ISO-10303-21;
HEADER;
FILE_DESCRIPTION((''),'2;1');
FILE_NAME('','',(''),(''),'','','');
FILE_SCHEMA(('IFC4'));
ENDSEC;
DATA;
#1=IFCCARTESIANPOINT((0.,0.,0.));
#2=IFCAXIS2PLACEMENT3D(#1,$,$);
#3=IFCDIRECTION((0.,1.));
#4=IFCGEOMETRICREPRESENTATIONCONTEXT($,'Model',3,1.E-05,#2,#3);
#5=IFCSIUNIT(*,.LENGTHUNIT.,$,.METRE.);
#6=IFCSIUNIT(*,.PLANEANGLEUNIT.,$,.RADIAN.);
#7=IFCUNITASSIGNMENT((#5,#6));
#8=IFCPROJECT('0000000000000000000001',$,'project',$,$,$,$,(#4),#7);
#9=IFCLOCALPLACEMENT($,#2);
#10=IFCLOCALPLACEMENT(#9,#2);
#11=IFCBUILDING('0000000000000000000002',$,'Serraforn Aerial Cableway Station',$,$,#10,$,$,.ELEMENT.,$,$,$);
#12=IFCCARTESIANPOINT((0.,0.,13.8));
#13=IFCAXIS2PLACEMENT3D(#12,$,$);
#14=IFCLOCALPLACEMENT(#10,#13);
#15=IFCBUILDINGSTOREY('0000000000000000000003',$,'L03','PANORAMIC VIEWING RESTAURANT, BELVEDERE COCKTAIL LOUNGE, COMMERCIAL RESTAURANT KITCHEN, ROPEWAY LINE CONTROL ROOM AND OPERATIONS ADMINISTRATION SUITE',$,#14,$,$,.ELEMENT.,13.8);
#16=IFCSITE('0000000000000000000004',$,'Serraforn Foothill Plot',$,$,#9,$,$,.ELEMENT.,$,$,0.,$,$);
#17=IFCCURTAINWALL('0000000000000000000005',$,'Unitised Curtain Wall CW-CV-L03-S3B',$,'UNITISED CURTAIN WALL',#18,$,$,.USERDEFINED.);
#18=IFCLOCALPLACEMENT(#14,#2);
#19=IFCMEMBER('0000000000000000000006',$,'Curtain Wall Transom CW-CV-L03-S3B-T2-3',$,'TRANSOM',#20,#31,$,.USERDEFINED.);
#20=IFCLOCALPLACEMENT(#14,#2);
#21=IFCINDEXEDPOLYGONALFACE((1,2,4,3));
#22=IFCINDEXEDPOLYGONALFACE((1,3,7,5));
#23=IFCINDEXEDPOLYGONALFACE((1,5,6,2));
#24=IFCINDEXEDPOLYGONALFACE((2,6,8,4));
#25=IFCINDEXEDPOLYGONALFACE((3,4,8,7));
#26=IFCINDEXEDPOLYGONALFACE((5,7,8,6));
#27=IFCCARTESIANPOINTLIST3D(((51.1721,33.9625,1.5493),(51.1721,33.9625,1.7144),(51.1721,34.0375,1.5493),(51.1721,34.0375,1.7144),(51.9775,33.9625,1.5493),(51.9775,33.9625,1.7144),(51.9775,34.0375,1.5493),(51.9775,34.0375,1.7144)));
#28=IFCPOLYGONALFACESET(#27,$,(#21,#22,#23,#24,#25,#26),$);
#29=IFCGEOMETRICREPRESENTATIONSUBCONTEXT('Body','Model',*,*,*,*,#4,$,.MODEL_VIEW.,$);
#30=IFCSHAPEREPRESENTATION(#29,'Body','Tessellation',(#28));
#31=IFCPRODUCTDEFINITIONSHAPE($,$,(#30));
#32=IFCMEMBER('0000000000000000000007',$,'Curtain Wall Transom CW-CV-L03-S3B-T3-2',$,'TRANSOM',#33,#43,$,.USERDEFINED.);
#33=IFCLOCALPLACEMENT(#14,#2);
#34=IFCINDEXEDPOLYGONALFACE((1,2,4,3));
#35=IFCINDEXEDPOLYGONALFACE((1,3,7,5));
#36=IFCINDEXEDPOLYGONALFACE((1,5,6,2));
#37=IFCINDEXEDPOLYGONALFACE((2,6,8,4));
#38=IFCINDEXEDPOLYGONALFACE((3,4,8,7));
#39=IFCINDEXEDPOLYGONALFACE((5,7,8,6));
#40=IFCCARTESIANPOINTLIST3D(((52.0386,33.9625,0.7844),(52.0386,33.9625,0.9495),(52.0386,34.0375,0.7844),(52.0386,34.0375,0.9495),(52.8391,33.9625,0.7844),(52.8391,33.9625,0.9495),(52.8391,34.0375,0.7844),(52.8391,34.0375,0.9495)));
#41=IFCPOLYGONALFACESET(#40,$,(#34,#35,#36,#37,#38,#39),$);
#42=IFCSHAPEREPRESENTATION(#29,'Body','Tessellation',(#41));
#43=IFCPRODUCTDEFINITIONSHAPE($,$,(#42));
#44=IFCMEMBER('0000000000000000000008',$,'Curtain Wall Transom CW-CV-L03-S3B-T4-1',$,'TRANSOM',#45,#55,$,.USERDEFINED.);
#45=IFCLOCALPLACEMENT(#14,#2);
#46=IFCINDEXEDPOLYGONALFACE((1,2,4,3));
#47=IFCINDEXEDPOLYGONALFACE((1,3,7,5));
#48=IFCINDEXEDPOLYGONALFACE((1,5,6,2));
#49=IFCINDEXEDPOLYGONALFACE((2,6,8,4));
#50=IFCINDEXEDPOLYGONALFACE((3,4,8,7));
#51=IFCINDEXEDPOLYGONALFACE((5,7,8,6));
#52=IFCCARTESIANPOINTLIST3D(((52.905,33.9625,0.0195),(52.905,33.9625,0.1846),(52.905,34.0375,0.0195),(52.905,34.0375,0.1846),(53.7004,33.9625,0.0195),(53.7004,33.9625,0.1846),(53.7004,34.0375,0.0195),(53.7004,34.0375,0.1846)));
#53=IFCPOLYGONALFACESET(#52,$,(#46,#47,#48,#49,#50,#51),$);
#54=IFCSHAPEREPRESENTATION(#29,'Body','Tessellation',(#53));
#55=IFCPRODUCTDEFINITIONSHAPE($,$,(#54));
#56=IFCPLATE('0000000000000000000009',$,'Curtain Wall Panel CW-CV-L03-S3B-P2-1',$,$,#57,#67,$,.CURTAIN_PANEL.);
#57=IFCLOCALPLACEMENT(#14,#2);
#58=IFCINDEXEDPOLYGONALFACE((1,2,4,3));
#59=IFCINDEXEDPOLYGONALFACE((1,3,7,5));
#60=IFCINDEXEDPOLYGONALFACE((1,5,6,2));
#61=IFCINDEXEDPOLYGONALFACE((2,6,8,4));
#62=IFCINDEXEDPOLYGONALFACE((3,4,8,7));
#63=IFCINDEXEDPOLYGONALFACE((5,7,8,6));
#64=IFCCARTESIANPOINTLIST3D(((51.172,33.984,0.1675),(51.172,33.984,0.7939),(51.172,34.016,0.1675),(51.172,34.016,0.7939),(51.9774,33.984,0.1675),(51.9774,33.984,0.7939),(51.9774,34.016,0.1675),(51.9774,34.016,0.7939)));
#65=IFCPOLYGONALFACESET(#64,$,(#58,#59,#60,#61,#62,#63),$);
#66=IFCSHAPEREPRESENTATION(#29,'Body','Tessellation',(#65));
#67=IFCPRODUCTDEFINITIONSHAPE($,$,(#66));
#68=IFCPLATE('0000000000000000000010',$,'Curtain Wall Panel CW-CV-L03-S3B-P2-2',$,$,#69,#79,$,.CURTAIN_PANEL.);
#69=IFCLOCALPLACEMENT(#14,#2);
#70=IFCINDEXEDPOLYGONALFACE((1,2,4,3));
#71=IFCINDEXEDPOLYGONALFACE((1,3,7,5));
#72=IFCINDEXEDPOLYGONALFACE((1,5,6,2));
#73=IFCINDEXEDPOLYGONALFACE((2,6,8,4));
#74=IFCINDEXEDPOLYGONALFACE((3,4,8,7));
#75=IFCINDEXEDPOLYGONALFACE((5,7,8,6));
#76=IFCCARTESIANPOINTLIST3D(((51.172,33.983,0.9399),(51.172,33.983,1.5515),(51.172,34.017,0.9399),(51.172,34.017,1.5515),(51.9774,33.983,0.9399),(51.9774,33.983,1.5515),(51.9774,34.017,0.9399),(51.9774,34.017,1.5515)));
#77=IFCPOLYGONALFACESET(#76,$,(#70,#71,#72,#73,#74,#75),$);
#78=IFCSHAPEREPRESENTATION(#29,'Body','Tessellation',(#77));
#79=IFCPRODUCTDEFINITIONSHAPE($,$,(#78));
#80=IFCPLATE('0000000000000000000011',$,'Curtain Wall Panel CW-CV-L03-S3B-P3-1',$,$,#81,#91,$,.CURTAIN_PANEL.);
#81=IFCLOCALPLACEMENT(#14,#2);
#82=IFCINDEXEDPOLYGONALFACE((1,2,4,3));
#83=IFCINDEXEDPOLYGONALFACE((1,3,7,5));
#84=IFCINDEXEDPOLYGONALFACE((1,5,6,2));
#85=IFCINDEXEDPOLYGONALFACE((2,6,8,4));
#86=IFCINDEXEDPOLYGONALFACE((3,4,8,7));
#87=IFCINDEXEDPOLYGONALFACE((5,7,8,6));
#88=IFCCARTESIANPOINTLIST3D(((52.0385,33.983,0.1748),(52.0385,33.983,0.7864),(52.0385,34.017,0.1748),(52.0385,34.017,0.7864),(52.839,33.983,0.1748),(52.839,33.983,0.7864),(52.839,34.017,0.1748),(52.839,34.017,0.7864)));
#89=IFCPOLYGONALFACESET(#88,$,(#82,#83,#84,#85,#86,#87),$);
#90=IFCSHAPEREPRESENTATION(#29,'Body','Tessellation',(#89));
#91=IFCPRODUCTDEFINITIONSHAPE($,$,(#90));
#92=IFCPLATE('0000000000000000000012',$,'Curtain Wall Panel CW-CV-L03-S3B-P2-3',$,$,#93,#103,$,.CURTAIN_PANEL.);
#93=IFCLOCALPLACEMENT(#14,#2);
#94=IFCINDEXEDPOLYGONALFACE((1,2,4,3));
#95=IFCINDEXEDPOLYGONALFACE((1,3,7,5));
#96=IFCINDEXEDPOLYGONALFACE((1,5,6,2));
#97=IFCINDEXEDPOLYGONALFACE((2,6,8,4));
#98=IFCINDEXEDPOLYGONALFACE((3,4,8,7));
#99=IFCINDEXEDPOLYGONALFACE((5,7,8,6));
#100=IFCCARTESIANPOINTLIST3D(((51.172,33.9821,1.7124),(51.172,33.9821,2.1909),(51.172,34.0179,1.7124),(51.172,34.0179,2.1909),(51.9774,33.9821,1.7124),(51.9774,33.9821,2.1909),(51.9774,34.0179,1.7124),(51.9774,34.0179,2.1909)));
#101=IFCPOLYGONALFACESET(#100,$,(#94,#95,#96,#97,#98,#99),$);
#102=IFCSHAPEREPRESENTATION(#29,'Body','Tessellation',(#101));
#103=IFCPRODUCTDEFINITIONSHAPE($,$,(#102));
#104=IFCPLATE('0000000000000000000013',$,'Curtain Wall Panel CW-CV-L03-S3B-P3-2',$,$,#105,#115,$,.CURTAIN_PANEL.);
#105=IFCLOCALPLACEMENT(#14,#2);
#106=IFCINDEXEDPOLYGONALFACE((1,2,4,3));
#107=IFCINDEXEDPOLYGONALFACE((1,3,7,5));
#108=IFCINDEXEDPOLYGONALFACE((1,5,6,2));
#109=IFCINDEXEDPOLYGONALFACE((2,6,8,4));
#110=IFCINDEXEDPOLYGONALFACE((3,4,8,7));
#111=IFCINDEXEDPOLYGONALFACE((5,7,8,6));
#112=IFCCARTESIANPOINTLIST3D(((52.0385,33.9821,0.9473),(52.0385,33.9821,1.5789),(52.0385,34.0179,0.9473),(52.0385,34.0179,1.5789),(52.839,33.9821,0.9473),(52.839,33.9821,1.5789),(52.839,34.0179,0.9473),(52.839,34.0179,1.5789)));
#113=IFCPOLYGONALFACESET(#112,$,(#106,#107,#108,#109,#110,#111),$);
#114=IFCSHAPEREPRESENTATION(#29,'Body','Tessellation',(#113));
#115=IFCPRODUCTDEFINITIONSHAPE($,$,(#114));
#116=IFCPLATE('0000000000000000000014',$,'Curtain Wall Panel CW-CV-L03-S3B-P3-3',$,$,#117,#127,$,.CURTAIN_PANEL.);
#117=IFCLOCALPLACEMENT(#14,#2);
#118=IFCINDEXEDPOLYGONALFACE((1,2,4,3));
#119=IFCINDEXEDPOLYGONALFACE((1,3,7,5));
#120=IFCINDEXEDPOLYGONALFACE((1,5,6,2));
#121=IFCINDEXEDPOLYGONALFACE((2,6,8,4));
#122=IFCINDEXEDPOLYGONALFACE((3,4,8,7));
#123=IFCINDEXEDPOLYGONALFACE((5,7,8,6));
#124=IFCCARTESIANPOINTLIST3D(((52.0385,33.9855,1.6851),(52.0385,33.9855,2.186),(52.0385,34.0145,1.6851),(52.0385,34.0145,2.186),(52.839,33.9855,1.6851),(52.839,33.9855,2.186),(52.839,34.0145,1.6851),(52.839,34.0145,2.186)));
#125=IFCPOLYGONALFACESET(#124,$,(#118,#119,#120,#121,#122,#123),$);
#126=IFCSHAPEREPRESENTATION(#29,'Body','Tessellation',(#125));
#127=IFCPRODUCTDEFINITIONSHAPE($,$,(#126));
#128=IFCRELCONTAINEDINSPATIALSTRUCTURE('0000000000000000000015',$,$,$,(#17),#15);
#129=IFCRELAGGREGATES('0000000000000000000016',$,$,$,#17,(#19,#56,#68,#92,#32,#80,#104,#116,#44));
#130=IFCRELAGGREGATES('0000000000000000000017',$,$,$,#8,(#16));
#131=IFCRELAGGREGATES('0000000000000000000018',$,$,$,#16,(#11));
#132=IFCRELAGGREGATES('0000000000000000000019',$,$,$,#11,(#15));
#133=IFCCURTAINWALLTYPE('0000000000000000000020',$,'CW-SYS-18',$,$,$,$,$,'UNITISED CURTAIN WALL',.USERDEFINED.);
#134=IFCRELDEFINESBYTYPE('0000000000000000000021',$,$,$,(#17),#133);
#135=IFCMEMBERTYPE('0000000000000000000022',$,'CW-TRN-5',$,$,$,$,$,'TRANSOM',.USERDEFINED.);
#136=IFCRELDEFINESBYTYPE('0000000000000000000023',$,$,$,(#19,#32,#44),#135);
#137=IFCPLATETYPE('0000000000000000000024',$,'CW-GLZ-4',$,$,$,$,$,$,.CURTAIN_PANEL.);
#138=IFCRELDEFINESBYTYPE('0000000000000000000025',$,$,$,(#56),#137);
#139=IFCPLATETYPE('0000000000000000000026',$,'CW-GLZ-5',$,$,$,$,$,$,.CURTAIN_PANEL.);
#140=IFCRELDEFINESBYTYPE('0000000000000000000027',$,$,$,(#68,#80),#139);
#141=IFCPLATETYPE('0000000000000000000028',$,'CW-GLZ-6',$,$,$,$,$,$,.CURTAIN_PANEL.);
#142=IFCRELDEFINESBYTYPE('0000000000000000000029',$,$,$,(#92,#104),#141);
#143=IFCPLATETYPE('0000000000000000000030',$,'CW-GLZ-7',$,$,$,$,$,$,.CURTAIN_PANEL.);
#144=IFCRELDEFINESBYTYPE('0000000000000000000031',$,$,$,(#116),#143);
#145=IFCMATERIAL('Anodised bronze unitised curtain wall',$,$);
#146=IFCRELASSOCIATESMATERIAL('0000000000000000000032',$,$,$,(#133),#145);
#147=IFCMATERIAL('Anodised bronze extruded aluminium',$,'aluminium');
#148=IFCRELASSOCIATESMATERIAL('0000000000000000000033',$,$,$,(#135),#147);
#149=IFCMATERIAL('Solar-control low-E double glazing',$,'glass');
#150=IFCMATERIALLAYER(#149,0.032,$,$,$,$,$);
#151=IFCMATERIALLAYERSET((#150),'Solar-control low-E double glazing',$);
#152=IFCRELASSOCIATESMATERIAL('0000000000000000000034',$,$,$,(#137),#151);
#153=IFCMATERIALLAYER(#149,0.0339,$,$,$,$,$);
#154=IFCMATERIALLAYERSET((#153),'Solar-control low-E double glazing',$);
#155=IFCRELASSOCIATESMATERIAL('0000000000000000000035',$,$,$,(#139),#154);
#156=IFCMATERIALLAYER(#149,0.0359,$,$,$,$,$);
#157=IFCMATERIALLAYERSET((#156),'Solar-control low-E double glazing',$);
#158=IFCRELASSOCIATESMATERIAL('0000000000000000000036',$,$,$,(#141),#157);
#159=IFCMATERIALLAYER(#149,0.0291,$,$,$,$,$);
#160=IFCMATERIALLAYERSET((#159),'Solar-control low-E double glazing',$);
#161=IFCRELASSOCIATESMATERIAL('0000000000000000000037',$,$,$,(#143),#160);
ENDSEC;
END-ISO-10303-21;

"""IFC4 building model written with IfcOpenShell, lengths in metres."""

from ifc_helpers import new_model, si_unit, direction, frame, origin, origin_2d, place, context, subcontext, project, spatial, rectangle, extrude, material, layer, layer_set, material_profile, profile_set, type_object, element, aggregate, save


model = new_model("IFC4")

# Units and contexts
model_context = context("Model", 3, precision=1e-05, world=origin(), true_north=direction((0.0, 1.0)))
body_context = subcontext(model_context, "Body", "Model", "MODEL_VIEW")
ifc_project = project(units=[si_unit("LENGTHUNIT", "METRE"), si_unit("PLANEANGLEUNIT", "RADIAN")], contexts=[model_context])

# Site, building, storey
site_placement = place(None, origin())
site = spatial("IfcSite", under=ifc_project, at=site_placement, Name="Serraforn Foothill Plot", CompositionType="ELEMENT", RefElevation=0.0)
building_placement = place(site_placement, origin())
building = spatial("IfcBuilding", under=site, at=building_placement, Name="Serraforn Aerial Cableway Station", CompositionType="ELEMENT")
storey_placement = place(building_placement, frame((0.0, 0.0, 13.8)))
storey = spatial("IfcBuildingStorey", under=building, at=storey_placement, Name="L03", Description="PANORAMIC VIEWING RESTAURANT, BELVEDERE COCKTAIL LOUNGE, COMMERCIAL RESTAURANT KITCHEN, ROPEWAY LINE CONTROL ROOM AND OPERATIONS ADMINISTRATION SUITE", CompositionType="ELEMENT", Elevation=13.8)

# Curtain wall, members, plates
ifc_material_1 = material(Name="Anodised bronze unitised curtain wall")
curtain_wall_type = type_object("IfcCurtainWallType", Name="CW-SYS-18", ElementType="UNITISED CURTAIN WALL", PredefinedType="USERDEFINED", material=ifc_material_1)
curtain_wall_placement = place(storey_placement, origin())
curtain_wall = element("IfcCurtainWall", 1, at=curtain_wall_placement, inside=storey, type_object=curtain_wall_type, Name="Unitised Curtain Wall CW-CV-L03-S3B", ObjectType="UNITISED CURTAIN WALL", PredefinedType="USERDEFINED")
ifc_material_2 = material(Name="Anodised bronze extruded aluminium", Category="aluminium")
ifc_material_profile_1 = material_profile(ifc_material_2, rectangle(XDim=0.075, YDim=0.165, at=origin_2d()), Name="CW TRANSOM 75x165")
ifc_profile_set_1 = profile_set([ifc_material_profile_1], Name="Anodised bronze extruded aluminium")
member_type_1 = type_object("IfcMemberType", Name="CW-TRN-5", ElementType="TRANSOM", PredefinedType="USERDEFINED", material=ifc_profile_set_1)
member_1_placement = place(storey_placement, frame((51.1721, 34.0, 1.6318), z_axis=(1.0, 0.0, 0.0), x_axis=(0.0, 1.0, 0.0)))
member_1 = element("IfcMember", 2, at=member_1_placement, type_object=member_type_1, Name="Curtain Wall Transom CW-CV-L03-S3B-T2-3", ObjectType="TRANSOM", PredefinedType="USERDEFINED", context=body_context, shape_type="SweptSolid", body=[
    extrude(rectangle(XDim=0.075, YDim=0.165, at=origin_2d()), origin(), (0.0, 0.0, 1.0), 0.8054),
])
member_2_placement = place(storey_placement, frame((52.0386, 34.0, 0.8669), z_axis=(1.0, 0.0, 0.0), x_axis=(0.0, 1.0, 0.0)))
member_2 = element("IfcMember", 3, at=member_2_placement, type_object=member_type_1, Name="Curtain Wall Transom CW-CV-L03-S3B-T3-2", ObjectType="TRANSOM", PredefinedType="USERDEFINED", context=body_context, shape_type="SweptSolid", body=[
    extrude(rectangle(XDim=0.075, YDim=0.165, at=origin_2d()), origin(), (0.0, 0.0, 1.0), 0.8005),
])
member_3_placement = place(storey_placement, frame((52.905, 34.0, 0.1021), z_axis=(1.0, 0.0, 0.0), x_axis=(0.0, 1.0, 0.0)))
member_3 = element("IfcMember", 4, at=member_3_placement, type_object=member_type_1, Name="Curtain Wall Transom CW-CV-L03-S3B-T4-1", ObjectType="TRANSOM", PredefinedType="USERDEFINED", context=body_context, shape_type="SweptSolid", body=[
    extrude(rectangle(XDim=0.075, YDim=0.165, at=origin_2d()), origin(), (0.0, 0.0, 1.0), 0.7954),
])
ifc_material_3 = material(Name="Solar-control low-E double glazing", Category="glass")
ifc_layer_1 = layer(ifc_material_3, 0.032)
ifc_layer_set_1 = layer_set([ifc_layer_1], Name="Solar-control low-E double glazing")
plate_type_1 = type_object("IfcPlateType", Name="CW-GLZ-4", PredefinedType="CURTAIN_PANEL", material=ifc_layer_set_1)
plate_1_placement = place(storey_placement, frame((51.5747, 34.0, 0.1675), z_axis=(0.0, 0.0, 1.0), x_axis=(1.0, 0.0, 0.0)))
plate_1 = element("IfcPlate", 5, at=plate_1_placement, type_object=plate_type_1, Name="Curtain Wall Panel CW-CV-L03-S3B-P2-1", PredefinedType="CURTAIN_PANEL", context=body_context, shape_type="SweptSolid", body=[
    extrude(rectangle(XDim=0.8054, YDim=0.032, at=origin_2d()), origin(), (0.0, 0.0, 1.0), 0.6265),
])
ifc_layer_2 = layer(ifc_material_3, 0.0339)
ifc_layer_set_2 = layer_set([ifc_layer_2], Name="Solar-control low-E double glazing")
plate_type_2 = type_object("IfcPlateType", Name="CW-GLZ-5", PredefinedType="CURTAIN_PANEL", material=ifc_layer_set_2)
plate_2_placement = place(storey_placement, frame((51.5747, 34.0, 0.9399), z_axis=(0.0, 0.0, 1.0), x_axis=(1.0, 0.0, 0.0)))
plate_2 = element("IfcPlate", 6, at=plate_2_placement, type_object=plate_type_2, Name="Curtain Wall Panel CW-CV-L03-S3B-P2-2", PredefinedType="CURTAIN_PANEL", context=body_context, shape_type="SweptSolid", body=[
    extrude(rectangle(XDim=0.8054, YDim=0.0339, at=origin_2d()), origin(), (0.0, 0.0, 1.0), 0.6116),
])
plate_3_placement = place(storey_placement, frame((52.4387, 34.0, 0.1748), z_axis=(0.0, 0.0, 1.0), x_axis=(1.0, 0.0, 0.0)))
plate_3 = element("IfcPlate", 7, at=plate_3_placement, type_object=plate_type_2, Name="Curtain Wall Panel CW-CV-L03-S3B-P3-1", PredefinedType="CURTAIN_PANEL", context=body_context, shape_type="SweptSolid", body=[
    extrude(rectangle(XDim=0.8005, YDim=0.0339, at=origin_2d()), origin(), (0.0, 0.0, 1.0), 0.6116),
])
ifc_layer_3 = layer(ifc_material_3, 0.0359)
ifc_layer_set_3 = layer_set([ifc_layer_3], Name="Solar-control low-E double glazing")
plate_type_3 = type_object("IfcPlateType", Name="CW-GLZ-6", PredefinedType="CURTAIN_PANEL", material=ifc_layer_set_3)
plate_4_placement = place(storey_placement, frame((51.5747, 34.0, 1.7124), z_axis=(0.0, 0.0, 1.0), x_axis=(1.0, 0.0, 0.0)))
plate_4 = element("IfcPlate", 8, at=plate_4_placement, type_object=plate_type_3, Name="Curtain Wall Panel CW-CV-L03-S3B-P2-3", PredefinedType="CURTAIN_PANEL", context=body_context, shape_type="SweptSolid", body=[
    extrude(rectangle(XDim=0.8054, YDim=0.0359, at=origin_2d()), origin(), (0.0, 0.0, 1.0), 0.4785),
])
plate_5_placement = place(storey_placement, frame((52.4387, 34.0, 0.9473), z_axis=(0.0, 0.0, 1.0), x_axis=(1.0, 0.0, 0.0)))
plate_5 = element("IfcPlate", 9, at=plate_5_placement, type_object=plate_type_3, Name="Curtain Wall Panel CW-CV-L03-S3B-P3-2", PredefinedType="CURTAIN_PANEL", context=body_context, shape_type="SweptSolid", body=[
    extrude(rectangle(XDim=0.8005, YDim=0.0359, at=origin_2d()), origin(), (0.0, 0.0, 1.0), 0.6316),
])
ifc_layer_4 = layer(ifc_material_3, 0.0291)
ifc_layer_set_4 = layer_set([ifc_layer_4], Name="Solar-control low-E double glazing")
plate_type_4 = type_object("IfcPlateType", Name="CW-GLZ-7", PredefinedType="CURTAIN_PANEL", material=ifc_layer_set_4)
plate_6_placement = place(storey_placement, frame((52.4387, 34.0, 1.6851), z_axis=(0.0, 0.0, 1.0), x_axis=(1.0, 0.0, 0.0)))
plate_6 = element("IfcPlate", 10, at=plate_6_placement, type_object=plate_type_4, Name="Curtain Wall Panel CW-CV-L03-S3B-P3-3", PredefinedType="CURTAIN_PANEL", context=body_context, shape_type="SweptSolid", body=[
    extrude(rectangle(XDim=0.8005, YDim=0.0291, at=origin_2d()), origin(), (0.0, 0.0, 1.0), 0.501),
])
aggregate(curtain_wall, [member_1, plate_1, plate_2, plate_4, member_2, plate_3, plate_5, plate_6, member_3])

save(model, "model.ifc")
